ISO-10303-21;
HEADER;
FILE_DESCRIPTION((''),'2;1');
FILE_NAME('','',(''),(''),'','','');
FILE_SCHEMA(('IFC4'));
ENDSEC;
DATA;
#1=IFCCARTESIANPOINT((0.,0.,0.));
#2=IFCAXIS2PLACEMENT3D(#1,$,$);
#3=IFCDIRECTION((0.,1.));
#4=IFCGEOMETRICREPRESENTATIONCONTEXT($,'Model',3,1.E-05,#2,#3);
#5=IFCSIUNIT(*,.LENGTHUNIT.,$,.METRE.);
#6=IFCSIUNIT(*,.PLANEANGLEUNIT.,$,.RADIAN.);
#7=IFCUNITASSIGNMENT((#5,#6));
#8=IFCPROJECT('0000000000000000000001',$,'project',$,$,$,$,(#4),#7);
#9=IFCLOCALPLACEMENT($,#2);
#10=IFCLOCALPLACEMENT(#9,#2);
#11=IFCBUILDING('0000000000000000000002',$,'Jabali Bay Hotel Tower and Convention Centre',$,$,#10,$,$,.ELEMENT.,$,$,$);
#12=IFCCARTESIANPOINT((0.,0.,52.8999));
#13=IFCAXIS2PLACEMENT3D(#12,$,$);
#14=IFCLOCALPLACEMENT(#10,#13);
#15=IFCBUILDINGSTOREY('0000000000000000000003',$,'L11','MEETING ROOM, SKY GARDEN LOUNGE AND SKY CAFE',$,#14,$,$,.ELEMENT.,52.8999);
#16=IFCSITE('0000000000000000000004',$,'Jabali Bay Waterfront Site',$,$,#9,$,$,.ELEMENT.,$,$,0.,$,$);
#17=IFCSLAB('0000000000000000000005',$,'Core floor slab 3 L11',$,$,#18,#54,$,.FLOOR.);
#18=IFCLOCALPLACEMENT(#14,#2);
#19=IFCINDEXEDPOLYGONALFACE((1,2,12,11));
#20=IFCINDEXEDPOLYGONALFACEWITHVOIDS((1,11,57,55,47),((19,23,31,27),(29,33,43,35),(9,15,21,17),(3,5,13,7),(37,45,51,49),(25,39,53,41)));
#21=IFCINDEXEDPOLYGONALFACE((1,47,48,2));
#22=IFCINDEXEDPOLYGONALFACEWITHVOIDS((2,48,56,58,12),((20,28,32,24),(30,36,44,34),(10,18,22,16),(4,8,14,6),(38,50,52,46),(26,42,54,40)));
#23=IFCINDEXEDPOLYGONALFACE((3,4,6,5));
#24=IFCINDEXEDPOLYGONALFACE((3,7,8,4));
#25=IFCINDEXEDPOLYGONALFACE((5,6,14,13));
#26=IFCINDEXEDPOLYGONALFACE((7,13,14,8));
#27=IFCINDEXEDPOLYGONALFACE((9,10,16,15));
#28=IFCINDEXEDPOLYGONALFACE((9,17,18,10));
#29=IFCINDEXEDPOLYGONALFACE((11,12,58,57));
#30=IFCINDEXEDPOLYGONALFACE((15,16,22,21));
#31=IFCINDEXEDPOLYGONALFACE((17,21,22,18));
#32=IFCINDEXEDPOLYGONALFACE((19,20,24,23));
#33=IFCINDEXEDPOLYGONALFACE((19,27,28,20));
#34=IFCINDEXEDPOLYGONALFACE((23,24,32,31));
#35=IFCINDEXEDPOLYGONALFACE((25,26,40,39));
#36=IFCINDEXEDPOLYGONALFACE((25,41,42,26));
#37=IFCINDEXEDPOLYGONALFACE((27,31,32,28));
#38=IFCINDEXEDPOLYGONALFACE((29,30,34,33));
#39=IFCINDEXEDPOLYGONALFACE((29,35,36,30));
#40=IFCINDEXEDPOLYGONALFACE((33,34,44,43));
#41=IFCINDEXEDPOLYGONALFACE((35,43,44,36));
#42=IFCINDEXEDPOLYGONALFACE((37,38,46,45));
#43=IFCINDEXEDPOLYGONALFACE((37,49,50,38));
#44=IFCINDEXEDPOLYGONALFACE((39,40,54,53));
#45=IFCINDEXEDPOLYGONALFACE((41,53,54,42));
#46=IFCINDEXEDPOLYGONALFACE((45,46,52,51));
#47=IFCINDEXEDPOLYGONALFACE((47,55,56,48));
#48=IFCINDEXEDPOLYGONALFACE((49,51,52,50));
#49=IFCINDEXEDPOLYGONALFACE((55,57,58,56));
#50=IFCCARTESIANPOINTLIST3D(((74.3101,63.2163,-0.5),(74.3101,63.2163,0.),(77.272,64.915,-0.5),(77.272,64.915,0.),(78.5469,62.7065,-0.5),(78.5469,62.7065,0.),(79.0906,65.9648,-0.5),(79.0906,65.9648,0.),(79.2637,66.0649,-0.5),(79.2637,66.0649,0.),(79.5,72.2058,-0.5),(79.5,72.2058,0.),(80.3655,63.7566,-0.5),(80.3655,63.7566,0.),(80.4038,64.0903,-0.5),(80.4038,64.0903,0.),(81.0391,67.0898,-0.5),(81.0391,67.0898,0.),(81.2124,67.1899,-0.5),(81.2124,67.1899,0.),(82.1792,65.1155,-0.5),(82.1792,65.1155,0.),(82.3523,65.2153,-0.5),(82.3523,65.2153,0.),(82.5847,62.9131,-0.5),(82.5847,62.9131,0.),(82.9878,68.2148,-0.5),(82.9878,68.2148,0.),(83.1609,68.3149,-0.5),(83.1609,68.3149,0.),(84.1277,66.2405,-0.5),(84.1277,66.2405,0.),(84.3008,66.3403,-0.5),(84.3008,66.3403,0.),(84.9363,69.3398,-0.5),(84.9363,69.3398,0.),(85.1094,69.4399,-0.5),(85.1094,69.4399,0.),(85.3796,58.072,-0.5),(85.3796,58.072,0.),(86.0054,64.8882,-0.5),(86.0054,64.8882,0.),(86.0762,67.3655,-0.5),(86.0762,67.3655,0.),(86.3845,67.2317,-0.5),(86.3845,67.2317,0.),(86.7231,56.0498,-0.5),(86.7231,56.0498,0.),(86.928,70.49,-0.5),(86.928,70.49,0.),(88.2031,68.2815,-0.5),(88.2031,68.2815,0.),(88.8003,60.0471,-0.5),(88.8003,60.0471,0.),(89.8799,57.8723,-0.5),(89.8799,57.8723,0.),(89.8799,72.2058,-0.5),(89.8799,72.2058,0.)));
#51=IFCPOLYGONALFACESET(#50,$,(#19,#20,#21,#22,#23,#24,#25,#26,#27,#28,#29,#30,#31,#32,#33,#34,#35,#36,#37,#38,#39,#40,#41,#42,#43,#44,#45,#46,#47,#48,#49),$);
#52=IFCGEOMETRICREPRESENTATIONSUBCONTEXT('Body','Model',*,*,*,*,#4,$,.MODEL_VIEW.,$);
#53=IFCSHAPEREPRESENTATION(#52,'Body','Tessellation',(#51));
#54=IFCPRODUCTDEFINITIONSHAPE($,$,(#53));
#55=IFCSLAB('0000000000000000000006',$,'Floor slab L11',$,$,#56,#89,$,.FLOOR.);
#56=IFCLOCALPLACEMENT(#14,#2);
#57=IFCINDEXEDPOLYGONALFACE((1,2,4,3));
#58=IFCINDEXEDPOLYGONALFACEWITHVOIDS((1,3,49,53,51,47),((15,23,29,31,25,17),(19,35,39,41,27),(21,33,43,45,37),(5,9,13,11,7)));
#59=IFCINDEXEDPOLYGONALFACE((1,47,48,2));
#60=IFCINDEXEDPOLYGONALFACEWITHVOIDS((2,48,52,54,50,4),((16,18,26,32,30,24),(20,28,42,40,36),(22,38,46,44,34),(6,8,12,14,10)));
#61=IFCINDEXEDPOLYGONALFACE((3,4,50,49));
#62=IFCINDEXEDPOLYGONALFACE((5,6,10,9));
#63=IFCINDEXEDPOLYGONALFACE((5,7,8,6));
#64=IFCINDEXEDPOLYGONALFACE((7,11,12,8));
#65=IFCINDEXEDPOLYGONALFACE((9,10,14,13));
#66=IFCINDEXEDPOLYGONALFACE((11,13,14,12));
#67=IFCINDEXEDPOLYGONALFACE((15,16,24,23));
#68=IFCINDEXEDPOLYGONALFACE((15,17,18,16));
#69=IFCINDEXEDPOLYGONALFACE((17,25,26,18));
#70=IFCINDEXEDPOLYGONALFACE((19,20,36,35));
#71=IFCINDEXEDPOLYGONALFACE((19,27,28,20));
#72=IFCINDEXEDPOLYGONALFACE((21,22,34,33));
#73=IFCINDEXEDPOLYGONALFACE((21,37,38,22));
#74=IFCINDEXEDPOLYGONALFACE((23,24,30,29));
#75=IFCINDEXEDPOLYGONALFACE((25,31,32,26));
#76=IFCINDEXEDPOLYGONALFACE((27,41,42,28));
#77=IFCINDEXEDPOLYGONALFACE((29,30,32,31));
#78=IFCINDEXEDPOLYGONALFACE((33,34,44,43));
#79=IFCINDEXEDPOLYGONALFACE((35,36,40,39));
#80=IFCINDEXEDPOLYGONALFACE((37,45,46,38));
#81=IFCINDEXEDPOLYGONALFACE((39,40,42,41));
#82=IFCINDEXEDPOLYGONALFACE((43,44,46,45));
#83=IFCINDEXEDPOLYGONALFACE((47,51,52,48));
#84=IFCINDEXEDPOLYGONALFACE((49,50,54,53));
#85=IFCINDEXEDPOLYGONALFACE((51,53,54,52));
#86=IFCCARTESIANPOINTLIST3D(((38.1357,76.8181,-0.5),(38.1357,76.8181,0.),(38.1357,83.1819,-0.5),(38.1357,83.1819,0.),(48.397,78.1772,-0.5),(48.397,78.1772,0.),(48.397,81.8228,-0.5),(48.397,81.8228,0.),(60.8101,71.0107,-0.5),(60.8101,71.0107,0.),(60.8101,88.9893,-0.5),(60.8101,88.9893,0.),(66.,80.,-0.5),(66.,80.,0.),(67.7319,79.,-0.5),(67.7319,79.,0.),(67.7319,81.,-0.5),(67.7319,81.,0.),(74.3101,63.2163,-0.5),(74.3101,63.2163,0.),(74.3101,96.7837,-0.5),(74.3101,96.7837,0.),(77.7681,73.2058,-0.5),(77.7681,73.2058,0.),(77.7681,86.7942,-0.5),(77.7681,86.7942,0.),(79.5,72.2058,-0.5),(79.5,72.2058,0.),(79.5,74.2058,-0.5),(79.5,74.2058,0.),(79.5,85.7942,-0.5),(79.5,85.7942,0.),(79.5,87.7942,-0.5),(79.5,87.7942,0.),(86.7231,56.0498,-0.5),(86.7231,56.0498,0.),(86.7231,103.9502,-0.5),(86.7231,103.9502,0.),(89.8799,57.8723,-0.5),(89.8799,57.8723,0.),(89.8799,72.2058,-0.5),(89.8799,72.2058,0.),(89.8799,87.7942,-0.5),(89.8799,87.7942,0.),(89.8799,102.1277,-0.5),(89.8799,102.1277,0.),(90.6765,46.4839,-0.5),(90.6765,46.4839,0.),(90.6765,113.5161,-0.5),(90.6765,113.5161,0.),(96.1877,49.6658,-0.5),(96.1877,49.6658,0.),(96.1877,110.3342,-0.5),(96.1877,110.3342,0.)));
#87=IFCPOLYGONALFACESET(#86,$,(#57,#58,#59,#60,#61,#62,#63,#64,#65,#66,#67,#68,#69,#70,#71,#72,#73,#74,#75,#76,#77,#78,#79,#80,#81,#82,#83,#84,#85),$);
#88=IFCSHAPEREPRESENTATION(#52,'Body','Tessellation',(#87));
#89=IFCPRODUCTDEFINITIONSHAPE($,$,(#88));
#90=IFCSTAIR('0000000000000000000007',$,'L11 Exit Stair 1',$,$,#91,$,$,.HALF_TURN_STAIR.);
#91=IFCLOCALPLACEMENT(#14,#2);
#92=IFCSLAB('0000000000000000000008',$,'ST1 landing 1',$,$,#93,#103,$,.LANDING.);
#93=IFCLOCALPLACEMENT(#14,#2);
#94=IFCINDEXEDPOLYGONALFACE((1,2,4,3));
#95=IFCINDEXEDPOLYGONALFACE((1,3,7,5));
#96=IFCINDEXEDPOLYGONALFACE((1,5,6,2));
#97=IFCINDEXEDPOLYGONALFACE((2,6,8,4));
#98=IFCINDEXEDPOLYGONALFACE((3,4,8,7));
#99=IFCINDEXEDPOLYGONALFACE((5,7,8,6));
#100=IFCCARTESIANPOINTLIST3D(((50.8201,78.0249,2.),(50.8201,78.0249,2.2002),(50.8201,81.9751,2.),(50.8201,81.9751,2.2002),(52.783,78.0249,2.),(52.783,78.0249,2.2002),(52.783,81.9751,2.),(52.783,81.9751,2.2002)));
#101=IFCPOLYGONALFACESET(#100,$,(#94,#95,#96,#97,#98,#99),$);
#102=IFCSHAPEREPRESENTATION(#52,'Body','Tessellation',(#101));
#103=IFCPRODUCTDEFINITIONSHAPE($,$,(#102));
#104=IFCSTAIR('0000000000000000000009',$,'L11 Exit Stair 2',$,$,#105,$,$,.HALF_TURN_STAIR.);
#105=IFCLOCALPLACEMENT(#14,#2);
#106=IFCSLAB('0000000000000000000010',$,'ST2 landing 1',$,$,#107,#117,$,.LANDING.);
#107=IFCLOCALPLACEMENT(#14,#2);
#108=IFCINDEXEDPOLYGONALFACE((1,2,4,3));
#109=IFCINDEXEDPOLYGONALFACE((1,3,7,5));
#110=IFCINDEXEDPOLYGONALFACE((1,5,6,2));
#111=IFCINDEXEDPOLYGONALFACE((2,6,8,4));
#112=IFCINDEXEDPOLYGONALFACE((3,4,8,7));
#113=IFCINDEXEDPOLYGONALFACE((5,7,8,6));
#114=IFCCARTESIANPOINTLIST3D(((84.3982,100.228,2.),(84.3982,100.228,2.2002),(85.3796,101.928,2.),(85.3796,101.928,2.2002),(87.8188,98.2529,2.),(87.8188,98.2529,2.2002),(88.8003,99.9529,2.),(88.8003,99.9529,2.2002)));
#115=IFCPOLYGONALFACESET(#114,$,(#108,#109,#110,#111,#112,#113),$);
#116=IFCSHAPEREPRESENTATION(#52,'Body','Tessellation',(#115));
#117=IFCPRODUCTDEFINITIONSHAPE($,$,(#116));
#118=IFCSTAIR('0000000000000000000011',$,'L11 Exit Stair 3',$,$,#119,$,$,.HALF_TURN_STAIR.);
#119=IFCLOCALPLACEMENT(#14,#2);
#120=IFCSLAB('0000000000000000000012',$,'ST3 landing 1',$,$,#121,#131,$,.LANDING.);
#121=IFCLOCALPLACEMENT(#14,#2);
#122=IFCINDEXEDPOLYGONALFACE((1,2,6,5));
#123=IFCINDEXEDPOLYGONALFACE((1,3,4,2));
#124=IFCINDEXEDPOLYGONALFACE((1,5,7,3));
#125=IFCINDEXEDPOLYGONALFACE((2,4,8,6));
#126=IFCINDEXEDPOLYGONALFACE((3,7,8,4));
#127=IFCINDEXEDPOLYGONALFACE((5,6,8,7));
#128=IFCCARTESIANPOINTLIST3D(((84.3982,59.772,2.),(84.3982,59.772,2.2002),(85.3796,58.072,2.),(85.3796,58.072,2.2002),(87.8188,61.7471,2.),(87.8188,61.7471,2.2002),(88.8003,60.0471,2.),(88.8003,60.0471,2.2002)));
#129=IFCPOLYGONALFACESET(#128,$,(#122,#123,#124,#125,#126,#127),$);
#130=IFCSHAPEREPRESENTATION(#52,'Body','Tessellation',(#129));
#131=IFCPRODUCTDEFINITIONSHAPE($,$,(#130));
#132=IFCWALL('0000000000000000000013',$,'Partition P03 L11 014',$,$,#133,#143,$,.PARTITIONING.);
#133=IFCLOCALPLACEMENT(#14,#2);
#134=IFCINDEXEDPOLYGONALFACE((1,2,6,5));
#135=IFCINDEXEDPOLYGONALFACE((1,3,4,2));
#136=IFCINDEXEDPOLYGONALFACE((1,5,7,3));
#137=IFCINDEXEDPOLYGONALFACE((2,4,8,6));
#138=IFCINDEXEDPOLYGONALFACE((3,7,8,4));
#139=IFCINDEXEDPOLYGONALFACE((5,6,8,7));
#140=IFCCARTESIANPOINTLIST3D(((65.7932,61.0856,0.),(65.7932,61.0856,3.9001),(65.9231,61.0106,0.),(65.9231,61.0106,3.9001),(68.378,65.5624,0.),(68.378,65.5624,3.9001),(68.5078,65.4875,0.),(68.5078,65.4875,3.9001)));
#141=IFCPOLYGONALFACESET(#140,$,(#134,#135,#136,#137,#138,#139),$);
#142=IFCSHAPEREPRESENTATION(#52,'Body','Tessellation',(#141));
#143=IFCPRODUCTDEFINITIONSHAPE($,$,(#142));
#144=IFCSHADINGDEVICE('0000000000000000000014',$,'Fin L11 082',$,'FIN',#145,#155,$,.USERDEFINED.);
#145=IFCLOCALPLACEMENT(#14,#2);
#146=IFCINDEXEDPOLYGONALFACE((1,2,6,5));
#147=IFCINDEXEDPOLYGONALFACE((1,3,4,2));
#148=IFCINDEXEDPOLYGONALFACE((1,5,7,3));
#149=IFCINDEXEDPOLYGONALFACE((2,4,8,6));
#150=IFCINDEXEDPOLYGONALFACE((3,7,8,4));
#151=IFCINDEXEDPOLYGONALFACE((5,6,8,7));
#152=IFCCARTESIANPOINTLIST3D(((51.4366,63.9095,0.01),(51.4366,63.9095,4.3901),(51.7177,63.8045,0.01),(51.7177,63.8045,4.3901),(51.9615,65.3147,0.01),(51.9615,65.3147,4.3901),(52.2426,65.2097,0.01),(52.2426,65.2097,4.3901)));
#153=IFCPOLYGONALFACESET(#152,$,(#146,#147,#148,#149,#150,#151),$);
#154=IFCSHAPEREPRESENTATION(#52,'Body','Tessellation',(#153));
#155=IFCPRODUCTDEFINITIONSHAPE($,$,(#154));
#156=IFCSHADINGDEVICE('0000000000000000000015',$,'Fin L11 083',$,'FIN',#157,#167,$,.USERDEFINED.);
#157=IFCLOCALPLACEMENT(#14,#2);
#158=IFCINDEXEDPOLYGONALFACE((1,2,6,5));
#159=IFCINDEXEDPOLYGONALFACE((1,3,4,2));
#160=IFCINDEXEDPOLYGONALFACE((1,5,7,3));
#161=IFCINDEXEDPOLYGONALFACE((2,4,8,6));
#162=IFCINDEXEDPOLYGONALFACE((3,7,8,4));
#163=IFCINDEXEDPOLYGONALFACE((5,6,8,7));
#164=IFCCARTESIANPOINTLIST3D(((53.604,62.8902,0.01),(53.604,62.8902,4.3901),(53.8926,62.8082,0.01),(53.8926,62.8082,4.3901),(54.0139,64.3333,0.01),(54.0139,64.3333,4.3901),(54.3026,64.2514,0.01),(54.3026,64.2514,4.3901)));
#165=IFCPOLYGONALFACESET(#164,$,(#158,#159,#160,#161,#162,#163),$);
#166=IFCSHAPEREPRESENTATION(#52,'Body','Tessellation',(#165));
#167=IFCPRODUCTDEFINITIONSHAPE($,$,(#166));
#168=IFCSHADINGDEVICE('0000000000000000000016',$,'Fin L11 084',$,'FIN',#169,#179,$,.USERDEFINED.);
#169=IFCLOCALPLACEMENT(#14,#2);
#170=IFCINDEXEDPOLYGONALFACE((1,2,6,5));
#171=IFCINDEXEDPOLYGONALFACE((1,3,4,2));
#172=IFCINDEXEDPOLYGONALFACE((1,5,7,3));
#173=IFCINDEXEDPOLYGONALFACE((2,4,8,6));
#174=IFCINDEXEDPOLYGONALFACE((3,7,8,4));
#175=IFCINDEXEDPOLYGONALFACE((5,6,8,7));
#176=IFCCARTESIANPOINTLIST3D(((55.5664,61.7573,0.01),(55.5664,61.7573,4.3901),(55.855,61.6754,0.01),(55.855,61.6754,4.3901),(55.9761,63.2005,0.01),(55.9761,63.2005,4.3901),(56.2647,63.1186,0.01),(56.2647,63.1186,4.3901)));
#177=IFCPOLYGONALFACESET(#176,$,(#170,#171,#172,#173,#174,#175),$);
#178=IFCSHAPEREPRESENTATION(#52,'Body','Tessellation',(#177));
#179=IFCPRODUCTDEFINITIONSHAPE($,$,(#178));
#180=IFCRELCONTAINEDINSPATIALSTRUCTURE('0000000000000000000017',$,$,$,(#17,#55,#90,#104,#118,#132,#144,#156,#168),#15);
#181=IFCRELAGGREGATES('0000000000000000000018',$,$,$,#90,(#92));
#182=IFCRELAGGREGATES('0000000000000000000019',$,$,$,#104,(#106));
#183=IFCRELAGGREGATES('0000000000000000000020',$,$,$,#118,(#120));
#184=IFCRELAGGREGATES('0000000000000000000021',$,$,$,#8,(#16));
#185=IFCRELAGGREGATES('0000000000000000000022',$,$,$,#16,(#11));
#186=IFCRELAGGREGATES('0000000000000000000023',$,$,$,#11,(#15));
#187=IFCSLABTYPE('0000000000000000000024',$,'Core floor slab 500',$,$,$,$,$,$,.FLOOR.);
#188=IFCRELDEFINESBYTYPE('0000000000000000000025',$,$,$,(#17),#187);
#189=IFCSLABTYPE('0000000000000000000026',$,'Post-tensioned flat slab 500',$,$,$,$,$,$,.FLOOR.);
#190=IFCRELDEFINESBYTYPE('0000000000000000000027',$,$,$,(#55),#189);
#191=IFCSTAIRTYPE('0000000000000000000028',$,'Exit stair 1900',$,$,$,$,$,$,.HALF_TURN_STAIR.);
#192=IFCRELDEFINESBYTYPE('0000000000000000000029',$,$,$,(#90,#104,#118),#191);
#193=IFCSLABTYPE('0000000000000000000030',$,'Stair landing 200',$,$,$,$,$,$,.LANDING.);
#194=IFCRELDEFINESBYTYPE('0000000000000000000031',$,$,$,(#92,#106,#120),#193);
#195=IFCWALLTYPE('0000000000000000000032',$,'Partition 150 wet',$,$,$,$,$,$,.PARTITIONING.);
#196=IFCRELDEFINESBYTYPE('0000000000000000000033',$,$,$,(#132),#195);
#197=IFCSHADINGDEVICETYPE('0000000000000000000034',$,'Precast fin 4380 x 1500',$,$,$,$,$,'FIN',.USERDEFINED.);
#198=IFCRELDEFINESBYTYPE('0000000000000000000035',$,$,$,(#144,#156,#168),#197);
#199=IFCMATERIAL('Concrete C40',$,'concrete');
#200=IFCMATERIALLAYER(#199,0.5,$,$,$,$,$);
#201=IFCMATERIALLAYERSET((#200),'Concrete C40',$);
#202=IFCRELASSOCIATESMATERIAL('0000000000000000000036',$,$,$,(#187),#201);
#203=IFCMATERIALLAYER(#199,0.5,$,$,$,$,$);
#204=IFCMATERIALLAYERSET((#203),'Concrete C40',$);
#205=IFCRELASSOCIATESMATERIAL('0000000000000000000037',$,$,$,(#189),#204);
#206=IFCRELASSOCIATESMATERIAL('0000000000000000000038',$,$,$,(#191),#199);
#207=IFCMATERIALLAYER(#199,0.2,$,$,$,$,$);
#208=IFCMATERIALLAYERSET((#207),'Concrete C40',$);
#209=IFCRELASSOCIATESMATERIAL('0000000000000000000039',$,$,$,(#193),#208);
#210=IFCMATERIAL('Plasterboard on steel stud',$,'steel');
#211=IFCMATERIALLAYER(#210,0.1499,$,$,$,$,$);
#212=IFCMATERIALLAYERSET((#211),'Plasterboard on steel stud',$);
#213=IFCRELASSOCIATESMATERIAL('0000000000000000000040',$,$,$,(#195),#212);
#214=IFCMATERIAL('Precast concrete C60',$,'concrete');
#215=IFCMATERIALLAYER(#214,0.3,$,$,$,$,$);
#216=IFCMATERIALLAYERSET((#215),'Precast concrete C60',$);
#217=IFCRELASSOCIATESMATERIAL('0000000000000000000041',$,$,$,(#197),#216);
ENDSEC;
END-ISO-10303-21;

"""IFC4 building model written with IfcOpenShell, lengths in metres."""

from ifc_helpers import new_model, si_unit, direction, frame, frame_2d, origin, place, context, subcontext, project, spatial, polyline, rectangle, outline, extrude, material, layer, layer_set, type_object, element, aggregate, save


model = new_model("IFC4")

# Units and contexts
model_context = context("Model", 3, precision=1e-05, world=origin(), true_north=direction((0.0, 1.0)))
body_context = subcontext(model_context, "Body", "Model", "MODEL_VIEW")
ifc_project = project(units=[si_unit("LENGTHUNIT", "METRE"), si_unit("PLANEANGLEUNIT", "RADIAN")], contexts=[model_context])

# Site, building, storey
site_placement = place(None, origin())
site = spatial("IfcSite", under=ifc_project, at=site_placement, Name="Jabali Bay Waterfront Site", CompositionType="ELEMENT", RefElevation=0.0)
building_placement = place(site_placement, origin())
building = spatial("IfcBuilding", under=site, at=building_placement, Name="Jabali Bay Hotel Tower and Convention Centre", CompositionType="ELEMENT")
storey_placement = place(building_placement, frame((0.0, 0.0, 52.8999)))
storey = spatial("IfcBuildingStorey", under=building, at=storey_placement, Name="L11", Description="MEETING ROOM, SKY GARDEN LOUNGE AND SKY CAFE", CompositionType="ELEMENT", Elevation=52.8999)

# Slabs
ifc_material_1 = material(Name="Concrete C40", Category="concrete")
ifc_layer_1 = layer(ifc_material_1, 0.5)
ifc_layer_set_1 = layer_set([ifc_layer_1], Name="Concrete C40")
slab_type_1 = type_object("IfcSlabType", Name="Core floor slab 500", PredefinedType="FLOOR", material=ifc_layer_set_1)
slab_1_placement = place(storey_placement, frame((0.0, 0.0, -0.5)))
element("IfcSlab", 1, at=slab_1_placement, inside=storey, type_object=slab_type_1, Name="Core floor slab 3 L11", PredefinedType="FLOOR", context=body_context, shape_type="SweptSolid", body=[
    extrude(outline(polyline([(79.5, 72.2058), (74.3101, 63.2163), (86.7231, 56.0498), (89.8799, 57.8723), (89.8799, 72.2058), (79.5, 72.2058)]), holes=[polyline([(82.5847, 62.9131), (85.3796, 58.072), (88.8003, 60.0471), (86.0054, 64.8882), (82.5847, 62.9131)]), polyline([(80.3655, 63.7566), (79.0906, 65.9648), (77.272, 64.915), (78.5469, 62.7065), (80.3655, 63.7566)]), polyline([(82.1792, 65.1155), (81.0391, 67.0898), (79.2637, 66.0649), (80.4038, 64.0903), (82.1792, 65.1155)]), polyline([(82.9878, 68.2148), (81.2124, 67.1899), (82.3523, 65.2153), (84.1277, 66.2405), (82.9878, 68.2148)]), polyline([(86.0762, 67.3655), (84.9363, 69.3398), (83.1609, 68.3149), (84.3008, 66.3403), (86.0762, 67.3655)]), polyline([(88.2031, 68.2815), (86.928, 70.49), (85.1094, 69.4399), (86.3845, 67.2317), (88.2031, 68.2815)])]), origin(), (0.0, 0.0, 1.0), 0.5),
])
ifc_layer_2 = layer(ifc_material_1, 0.5)
ifc_layer_set_2 = layer_set([ifc_layer_2], Name="Concrete C40")
slab_type_2 = type_object("IfcSlabType", Name="Post-tensioned flat slab 500", PredefinedType="FLOOR", material=ifc_layer_set_2)
slab_2_placement = place(storey_placement, frame((0.0, 0.0, -0.5)))
element("IfcSlab", 2, at=slab_2_placement, inside=storey, type_object=slab_type_2, Name="Floor slab L11", PredefinedType="FLOOR", context=body_context, shape_type="SweptSolid", body=[
    extrude(outline(polyline([(90.6765, 113.5161), (96.1877, 110.3342), (96.1877, 49.6658), (90.6765, 46.4839), (38.1357, 76.8181), (38.1357, 83.1819), (90.6765, 113.5161)]), holes=[polyline([(67.7319, 79.0), (77.7681, 73.2058), (79.5, 74.2058), (79.5, 85.7942), (77.7681, 86.7942), (67.7319, 81.0), (67.7319, 79.0)]), polyline([(48.397, 78.1772), (60.8101, 71.0107), (66.0, 80.0), (60.8101, 88.9893), (48.397, 81.8228), (48.397, 78.1772)]), polyline([(89.8799, 102.1277), (86.7231, 103.9502), (74.3101, 96.7837), (79.5, 87.7942), (89.8799, 87.7942), (89.8799, 102.1277)]), polyline([(74.3101, 63.2163), (86.7231, 56.0498), (89.8799, 57.8723), (89.8799, 72.2058), (79.5, 72.2058), (74.3101, 63.2163)])]), origin(), (0.0, 0.0, 1.0), 0.5),
])

# Stairs, slabs
stair_type = type_object("IfcStairType", Name="Exit stair 1900", PredefinedType="HALF_TURN_STAIR", material=ifc_material_1)
stair_1_placement = place(storey_placement, origin())
stair_1 = element("IfcStair", 3, at=stair_1_placement, inside=storey, type_object=stair_type, Name="L11 Exit Stair 1", PredefinedType="HALF_TURN_STAIR")
ifc_layer_3 = layer(ifc_material_1, 0.2)
ifc_layer_set_3 = layer_set([ifc_layer_3], Name="Concrete C40")
slab_type_3 = type_object("IfcSlabType", Name="Stair landing 200", PredefinedType="LANDING", material=ifc_layer_set_3)
slab_3_placement = place(storey_placement, frame((0.0, 0.0, 2.0)))
slab_3 = element("IfcSlab", 4, at=slab_3_placement, type_object=slab_type_3, Name="ST1 landing 1", PredefinedType="LANDING", context=body_context, shape_type="SweptSolid", body=[
    extrude(outline(polyline([(52.783, 81.9751), (50.8201, 81.9751), (50.8201, 78.0249), (52.783, 78.0249), (52.783, 81.9751)])), origin(), (0.0, 0.0, 1.0), 0.2002),
])
aggregate(stair_1, [slab_3])
stair_2_placement = place(storey_placement, origin())
stair_2 = element("IfcStair", 5, at=stair_2_placement, inside=storey, type_object=stair_type, Name="L11 Exit Stair 2", PredefinedType="HALF_TURN_STAIR")
slab_4_placement = place(storey_placement, frame((0.0, 0.0, 2.0)))
slab_4 = element("IfcSlab", 6, at=slab_4_placement, type_object=slab_type_3, Name="ST2 landing 1", PredefinedType="LANDING", context=body_context, shape_type="SweptSolid", body=[
    extrude(outline(polyline([(87.8188, 98.2529), (88.8003, 99.9529), (85.3796, 101.928), (84.3982, 100.228), (87.8188, 98.2529)])), origin(), (0.0, 0.0, 1.0), 0.2002),
])
aggregate(stair_2, [slab_4])
stair_3_placement = place(storey_placement, origin())
stair_3 = element("IfcStair", 7, at=stair_3_placement, inside=storey, type_object=stair_type, Name="L11 Exit Stair 3", PredefinedType="HALF_TURN_STAIR")
slab_5_placement = place(storey_placement, frame((0.0, 0.0, 2.0)))
slab_5 = element("IfcSlab", 8, at=slab_5_placement, type_object=slab_type_3, Name="ST3 landing 1", PredefinedType="LANDING", context=body_context, shape_type="SweptSolid", body=[
    extrude(outline(polyline([(84.3982, 59.772), (85.3796, 58.072), (88.8003, 60.0471), (87.8188, 61.7471), (84.3982, 59.772)])), origin(), (0.0, 0.0, 1.0), 0.2002),
])
aggregate(stair_3, [slab_5])

# Wall
ifc_material_2 = material(Name="Plasterboard on steel stud", Category="steel")
ifc_layer_4 = layer(ifc_material_2, 0.1499)
ifc_layer_set_4 = layer_set([ifc_layer_4], Name="Plasterboard on steel stud")
wall_type = type_object("IfcWallType", Name="Partition 150 wet", PredefinedType="PARTITIONING", material=ifc_layer_set_4)
wall_placement = place(storey_placement, frame((65.8582, 61.0481, 0.0), z_axis=(0.0, 0.0, 1.0), x_axis=(0.500005, 0.866023, 0.0)))
element("IfcWall", 9, at=wall_placement, inside=storey, type_object=wall_type, Name="Partition P03 L11 014", PredefinedType="PARTITIONING", context=body_context, shape_type="SweptSolid", body=[
    extrude(rectangle(XDim=5.1694, YDim=0.1499, at=frame_2d((2.5847, 0.0))), origin(), (0.0, 0.0, 1.0), 3.9001),
])

# Shading devices
ifc_material_3 = material(Name="Precast concrete C60", Category="concrete")
ifc_layer_5 = layer(ifc_material_3, 0.3)
ifc_layer_set_5 = layer_set([ifc_layer_5], Name="Precast concrete C60")
shading_device_type = type_object("IfcShadingDeviceType", Name="Precast fin 4380 x 1500", ElementType="FIN", PredefinedType="USERDEFINED", material=ifc_layer_set_5)
shading_device_1_placement = place(storey_placement, frame((52.1021, 65.2622, 0.01), z_axis=(0.0, 0.0, 1.0), x_axis=(-0.34991, -0.936783, 0.0)))
element("IfcShadingDevice", 10, at=shading_device_1_placement, inside=storey, type_object=shading_device_type, Name="Fin L11 082", ObjectType="FIN", PredefinedType="USERDEFINED", context=body_context, shape_type="SweptSolid", body=[
    extrude(rectangle(XDim=1.5, YDim=0.3, at=frame_2d((0.75, 0.0))), origin(), (0.0, 0.0, 1.0), 4.3801),
])
for number, where, z_axis, x_axis, name in (
    (11, (54.1582, 64.2922, 0.01), (0.0, 0.0, 1.0), (-0.273238, -0.961947, 0.0), "Fin L11 083"),
    (12, (56.1204, 63.1594, 0.01), (0.0, 0.0, 1.0), (-0.273087, -0.961989, 0.0), "Fin L11 084"),
):
    element("IfcShadingDevice", number, at=place(storey_placement, frame(where, z_axis=z_axis, x_axis=x_axis)), inside=storey, type_object=shading_device_type, Name=name, ObjectType="FIN", PredefinedType="USERDEFINED", context=body_context, shape_type="SweptSolid", body=[
        extrude(rectangle(XDim=1.5002, YDim=0.3, at=frame_2d((0.75, 0.0))), origin(), (0.0, 0.0, 1.0), 4.3801),
    ])

save(model, "model.ifc")
